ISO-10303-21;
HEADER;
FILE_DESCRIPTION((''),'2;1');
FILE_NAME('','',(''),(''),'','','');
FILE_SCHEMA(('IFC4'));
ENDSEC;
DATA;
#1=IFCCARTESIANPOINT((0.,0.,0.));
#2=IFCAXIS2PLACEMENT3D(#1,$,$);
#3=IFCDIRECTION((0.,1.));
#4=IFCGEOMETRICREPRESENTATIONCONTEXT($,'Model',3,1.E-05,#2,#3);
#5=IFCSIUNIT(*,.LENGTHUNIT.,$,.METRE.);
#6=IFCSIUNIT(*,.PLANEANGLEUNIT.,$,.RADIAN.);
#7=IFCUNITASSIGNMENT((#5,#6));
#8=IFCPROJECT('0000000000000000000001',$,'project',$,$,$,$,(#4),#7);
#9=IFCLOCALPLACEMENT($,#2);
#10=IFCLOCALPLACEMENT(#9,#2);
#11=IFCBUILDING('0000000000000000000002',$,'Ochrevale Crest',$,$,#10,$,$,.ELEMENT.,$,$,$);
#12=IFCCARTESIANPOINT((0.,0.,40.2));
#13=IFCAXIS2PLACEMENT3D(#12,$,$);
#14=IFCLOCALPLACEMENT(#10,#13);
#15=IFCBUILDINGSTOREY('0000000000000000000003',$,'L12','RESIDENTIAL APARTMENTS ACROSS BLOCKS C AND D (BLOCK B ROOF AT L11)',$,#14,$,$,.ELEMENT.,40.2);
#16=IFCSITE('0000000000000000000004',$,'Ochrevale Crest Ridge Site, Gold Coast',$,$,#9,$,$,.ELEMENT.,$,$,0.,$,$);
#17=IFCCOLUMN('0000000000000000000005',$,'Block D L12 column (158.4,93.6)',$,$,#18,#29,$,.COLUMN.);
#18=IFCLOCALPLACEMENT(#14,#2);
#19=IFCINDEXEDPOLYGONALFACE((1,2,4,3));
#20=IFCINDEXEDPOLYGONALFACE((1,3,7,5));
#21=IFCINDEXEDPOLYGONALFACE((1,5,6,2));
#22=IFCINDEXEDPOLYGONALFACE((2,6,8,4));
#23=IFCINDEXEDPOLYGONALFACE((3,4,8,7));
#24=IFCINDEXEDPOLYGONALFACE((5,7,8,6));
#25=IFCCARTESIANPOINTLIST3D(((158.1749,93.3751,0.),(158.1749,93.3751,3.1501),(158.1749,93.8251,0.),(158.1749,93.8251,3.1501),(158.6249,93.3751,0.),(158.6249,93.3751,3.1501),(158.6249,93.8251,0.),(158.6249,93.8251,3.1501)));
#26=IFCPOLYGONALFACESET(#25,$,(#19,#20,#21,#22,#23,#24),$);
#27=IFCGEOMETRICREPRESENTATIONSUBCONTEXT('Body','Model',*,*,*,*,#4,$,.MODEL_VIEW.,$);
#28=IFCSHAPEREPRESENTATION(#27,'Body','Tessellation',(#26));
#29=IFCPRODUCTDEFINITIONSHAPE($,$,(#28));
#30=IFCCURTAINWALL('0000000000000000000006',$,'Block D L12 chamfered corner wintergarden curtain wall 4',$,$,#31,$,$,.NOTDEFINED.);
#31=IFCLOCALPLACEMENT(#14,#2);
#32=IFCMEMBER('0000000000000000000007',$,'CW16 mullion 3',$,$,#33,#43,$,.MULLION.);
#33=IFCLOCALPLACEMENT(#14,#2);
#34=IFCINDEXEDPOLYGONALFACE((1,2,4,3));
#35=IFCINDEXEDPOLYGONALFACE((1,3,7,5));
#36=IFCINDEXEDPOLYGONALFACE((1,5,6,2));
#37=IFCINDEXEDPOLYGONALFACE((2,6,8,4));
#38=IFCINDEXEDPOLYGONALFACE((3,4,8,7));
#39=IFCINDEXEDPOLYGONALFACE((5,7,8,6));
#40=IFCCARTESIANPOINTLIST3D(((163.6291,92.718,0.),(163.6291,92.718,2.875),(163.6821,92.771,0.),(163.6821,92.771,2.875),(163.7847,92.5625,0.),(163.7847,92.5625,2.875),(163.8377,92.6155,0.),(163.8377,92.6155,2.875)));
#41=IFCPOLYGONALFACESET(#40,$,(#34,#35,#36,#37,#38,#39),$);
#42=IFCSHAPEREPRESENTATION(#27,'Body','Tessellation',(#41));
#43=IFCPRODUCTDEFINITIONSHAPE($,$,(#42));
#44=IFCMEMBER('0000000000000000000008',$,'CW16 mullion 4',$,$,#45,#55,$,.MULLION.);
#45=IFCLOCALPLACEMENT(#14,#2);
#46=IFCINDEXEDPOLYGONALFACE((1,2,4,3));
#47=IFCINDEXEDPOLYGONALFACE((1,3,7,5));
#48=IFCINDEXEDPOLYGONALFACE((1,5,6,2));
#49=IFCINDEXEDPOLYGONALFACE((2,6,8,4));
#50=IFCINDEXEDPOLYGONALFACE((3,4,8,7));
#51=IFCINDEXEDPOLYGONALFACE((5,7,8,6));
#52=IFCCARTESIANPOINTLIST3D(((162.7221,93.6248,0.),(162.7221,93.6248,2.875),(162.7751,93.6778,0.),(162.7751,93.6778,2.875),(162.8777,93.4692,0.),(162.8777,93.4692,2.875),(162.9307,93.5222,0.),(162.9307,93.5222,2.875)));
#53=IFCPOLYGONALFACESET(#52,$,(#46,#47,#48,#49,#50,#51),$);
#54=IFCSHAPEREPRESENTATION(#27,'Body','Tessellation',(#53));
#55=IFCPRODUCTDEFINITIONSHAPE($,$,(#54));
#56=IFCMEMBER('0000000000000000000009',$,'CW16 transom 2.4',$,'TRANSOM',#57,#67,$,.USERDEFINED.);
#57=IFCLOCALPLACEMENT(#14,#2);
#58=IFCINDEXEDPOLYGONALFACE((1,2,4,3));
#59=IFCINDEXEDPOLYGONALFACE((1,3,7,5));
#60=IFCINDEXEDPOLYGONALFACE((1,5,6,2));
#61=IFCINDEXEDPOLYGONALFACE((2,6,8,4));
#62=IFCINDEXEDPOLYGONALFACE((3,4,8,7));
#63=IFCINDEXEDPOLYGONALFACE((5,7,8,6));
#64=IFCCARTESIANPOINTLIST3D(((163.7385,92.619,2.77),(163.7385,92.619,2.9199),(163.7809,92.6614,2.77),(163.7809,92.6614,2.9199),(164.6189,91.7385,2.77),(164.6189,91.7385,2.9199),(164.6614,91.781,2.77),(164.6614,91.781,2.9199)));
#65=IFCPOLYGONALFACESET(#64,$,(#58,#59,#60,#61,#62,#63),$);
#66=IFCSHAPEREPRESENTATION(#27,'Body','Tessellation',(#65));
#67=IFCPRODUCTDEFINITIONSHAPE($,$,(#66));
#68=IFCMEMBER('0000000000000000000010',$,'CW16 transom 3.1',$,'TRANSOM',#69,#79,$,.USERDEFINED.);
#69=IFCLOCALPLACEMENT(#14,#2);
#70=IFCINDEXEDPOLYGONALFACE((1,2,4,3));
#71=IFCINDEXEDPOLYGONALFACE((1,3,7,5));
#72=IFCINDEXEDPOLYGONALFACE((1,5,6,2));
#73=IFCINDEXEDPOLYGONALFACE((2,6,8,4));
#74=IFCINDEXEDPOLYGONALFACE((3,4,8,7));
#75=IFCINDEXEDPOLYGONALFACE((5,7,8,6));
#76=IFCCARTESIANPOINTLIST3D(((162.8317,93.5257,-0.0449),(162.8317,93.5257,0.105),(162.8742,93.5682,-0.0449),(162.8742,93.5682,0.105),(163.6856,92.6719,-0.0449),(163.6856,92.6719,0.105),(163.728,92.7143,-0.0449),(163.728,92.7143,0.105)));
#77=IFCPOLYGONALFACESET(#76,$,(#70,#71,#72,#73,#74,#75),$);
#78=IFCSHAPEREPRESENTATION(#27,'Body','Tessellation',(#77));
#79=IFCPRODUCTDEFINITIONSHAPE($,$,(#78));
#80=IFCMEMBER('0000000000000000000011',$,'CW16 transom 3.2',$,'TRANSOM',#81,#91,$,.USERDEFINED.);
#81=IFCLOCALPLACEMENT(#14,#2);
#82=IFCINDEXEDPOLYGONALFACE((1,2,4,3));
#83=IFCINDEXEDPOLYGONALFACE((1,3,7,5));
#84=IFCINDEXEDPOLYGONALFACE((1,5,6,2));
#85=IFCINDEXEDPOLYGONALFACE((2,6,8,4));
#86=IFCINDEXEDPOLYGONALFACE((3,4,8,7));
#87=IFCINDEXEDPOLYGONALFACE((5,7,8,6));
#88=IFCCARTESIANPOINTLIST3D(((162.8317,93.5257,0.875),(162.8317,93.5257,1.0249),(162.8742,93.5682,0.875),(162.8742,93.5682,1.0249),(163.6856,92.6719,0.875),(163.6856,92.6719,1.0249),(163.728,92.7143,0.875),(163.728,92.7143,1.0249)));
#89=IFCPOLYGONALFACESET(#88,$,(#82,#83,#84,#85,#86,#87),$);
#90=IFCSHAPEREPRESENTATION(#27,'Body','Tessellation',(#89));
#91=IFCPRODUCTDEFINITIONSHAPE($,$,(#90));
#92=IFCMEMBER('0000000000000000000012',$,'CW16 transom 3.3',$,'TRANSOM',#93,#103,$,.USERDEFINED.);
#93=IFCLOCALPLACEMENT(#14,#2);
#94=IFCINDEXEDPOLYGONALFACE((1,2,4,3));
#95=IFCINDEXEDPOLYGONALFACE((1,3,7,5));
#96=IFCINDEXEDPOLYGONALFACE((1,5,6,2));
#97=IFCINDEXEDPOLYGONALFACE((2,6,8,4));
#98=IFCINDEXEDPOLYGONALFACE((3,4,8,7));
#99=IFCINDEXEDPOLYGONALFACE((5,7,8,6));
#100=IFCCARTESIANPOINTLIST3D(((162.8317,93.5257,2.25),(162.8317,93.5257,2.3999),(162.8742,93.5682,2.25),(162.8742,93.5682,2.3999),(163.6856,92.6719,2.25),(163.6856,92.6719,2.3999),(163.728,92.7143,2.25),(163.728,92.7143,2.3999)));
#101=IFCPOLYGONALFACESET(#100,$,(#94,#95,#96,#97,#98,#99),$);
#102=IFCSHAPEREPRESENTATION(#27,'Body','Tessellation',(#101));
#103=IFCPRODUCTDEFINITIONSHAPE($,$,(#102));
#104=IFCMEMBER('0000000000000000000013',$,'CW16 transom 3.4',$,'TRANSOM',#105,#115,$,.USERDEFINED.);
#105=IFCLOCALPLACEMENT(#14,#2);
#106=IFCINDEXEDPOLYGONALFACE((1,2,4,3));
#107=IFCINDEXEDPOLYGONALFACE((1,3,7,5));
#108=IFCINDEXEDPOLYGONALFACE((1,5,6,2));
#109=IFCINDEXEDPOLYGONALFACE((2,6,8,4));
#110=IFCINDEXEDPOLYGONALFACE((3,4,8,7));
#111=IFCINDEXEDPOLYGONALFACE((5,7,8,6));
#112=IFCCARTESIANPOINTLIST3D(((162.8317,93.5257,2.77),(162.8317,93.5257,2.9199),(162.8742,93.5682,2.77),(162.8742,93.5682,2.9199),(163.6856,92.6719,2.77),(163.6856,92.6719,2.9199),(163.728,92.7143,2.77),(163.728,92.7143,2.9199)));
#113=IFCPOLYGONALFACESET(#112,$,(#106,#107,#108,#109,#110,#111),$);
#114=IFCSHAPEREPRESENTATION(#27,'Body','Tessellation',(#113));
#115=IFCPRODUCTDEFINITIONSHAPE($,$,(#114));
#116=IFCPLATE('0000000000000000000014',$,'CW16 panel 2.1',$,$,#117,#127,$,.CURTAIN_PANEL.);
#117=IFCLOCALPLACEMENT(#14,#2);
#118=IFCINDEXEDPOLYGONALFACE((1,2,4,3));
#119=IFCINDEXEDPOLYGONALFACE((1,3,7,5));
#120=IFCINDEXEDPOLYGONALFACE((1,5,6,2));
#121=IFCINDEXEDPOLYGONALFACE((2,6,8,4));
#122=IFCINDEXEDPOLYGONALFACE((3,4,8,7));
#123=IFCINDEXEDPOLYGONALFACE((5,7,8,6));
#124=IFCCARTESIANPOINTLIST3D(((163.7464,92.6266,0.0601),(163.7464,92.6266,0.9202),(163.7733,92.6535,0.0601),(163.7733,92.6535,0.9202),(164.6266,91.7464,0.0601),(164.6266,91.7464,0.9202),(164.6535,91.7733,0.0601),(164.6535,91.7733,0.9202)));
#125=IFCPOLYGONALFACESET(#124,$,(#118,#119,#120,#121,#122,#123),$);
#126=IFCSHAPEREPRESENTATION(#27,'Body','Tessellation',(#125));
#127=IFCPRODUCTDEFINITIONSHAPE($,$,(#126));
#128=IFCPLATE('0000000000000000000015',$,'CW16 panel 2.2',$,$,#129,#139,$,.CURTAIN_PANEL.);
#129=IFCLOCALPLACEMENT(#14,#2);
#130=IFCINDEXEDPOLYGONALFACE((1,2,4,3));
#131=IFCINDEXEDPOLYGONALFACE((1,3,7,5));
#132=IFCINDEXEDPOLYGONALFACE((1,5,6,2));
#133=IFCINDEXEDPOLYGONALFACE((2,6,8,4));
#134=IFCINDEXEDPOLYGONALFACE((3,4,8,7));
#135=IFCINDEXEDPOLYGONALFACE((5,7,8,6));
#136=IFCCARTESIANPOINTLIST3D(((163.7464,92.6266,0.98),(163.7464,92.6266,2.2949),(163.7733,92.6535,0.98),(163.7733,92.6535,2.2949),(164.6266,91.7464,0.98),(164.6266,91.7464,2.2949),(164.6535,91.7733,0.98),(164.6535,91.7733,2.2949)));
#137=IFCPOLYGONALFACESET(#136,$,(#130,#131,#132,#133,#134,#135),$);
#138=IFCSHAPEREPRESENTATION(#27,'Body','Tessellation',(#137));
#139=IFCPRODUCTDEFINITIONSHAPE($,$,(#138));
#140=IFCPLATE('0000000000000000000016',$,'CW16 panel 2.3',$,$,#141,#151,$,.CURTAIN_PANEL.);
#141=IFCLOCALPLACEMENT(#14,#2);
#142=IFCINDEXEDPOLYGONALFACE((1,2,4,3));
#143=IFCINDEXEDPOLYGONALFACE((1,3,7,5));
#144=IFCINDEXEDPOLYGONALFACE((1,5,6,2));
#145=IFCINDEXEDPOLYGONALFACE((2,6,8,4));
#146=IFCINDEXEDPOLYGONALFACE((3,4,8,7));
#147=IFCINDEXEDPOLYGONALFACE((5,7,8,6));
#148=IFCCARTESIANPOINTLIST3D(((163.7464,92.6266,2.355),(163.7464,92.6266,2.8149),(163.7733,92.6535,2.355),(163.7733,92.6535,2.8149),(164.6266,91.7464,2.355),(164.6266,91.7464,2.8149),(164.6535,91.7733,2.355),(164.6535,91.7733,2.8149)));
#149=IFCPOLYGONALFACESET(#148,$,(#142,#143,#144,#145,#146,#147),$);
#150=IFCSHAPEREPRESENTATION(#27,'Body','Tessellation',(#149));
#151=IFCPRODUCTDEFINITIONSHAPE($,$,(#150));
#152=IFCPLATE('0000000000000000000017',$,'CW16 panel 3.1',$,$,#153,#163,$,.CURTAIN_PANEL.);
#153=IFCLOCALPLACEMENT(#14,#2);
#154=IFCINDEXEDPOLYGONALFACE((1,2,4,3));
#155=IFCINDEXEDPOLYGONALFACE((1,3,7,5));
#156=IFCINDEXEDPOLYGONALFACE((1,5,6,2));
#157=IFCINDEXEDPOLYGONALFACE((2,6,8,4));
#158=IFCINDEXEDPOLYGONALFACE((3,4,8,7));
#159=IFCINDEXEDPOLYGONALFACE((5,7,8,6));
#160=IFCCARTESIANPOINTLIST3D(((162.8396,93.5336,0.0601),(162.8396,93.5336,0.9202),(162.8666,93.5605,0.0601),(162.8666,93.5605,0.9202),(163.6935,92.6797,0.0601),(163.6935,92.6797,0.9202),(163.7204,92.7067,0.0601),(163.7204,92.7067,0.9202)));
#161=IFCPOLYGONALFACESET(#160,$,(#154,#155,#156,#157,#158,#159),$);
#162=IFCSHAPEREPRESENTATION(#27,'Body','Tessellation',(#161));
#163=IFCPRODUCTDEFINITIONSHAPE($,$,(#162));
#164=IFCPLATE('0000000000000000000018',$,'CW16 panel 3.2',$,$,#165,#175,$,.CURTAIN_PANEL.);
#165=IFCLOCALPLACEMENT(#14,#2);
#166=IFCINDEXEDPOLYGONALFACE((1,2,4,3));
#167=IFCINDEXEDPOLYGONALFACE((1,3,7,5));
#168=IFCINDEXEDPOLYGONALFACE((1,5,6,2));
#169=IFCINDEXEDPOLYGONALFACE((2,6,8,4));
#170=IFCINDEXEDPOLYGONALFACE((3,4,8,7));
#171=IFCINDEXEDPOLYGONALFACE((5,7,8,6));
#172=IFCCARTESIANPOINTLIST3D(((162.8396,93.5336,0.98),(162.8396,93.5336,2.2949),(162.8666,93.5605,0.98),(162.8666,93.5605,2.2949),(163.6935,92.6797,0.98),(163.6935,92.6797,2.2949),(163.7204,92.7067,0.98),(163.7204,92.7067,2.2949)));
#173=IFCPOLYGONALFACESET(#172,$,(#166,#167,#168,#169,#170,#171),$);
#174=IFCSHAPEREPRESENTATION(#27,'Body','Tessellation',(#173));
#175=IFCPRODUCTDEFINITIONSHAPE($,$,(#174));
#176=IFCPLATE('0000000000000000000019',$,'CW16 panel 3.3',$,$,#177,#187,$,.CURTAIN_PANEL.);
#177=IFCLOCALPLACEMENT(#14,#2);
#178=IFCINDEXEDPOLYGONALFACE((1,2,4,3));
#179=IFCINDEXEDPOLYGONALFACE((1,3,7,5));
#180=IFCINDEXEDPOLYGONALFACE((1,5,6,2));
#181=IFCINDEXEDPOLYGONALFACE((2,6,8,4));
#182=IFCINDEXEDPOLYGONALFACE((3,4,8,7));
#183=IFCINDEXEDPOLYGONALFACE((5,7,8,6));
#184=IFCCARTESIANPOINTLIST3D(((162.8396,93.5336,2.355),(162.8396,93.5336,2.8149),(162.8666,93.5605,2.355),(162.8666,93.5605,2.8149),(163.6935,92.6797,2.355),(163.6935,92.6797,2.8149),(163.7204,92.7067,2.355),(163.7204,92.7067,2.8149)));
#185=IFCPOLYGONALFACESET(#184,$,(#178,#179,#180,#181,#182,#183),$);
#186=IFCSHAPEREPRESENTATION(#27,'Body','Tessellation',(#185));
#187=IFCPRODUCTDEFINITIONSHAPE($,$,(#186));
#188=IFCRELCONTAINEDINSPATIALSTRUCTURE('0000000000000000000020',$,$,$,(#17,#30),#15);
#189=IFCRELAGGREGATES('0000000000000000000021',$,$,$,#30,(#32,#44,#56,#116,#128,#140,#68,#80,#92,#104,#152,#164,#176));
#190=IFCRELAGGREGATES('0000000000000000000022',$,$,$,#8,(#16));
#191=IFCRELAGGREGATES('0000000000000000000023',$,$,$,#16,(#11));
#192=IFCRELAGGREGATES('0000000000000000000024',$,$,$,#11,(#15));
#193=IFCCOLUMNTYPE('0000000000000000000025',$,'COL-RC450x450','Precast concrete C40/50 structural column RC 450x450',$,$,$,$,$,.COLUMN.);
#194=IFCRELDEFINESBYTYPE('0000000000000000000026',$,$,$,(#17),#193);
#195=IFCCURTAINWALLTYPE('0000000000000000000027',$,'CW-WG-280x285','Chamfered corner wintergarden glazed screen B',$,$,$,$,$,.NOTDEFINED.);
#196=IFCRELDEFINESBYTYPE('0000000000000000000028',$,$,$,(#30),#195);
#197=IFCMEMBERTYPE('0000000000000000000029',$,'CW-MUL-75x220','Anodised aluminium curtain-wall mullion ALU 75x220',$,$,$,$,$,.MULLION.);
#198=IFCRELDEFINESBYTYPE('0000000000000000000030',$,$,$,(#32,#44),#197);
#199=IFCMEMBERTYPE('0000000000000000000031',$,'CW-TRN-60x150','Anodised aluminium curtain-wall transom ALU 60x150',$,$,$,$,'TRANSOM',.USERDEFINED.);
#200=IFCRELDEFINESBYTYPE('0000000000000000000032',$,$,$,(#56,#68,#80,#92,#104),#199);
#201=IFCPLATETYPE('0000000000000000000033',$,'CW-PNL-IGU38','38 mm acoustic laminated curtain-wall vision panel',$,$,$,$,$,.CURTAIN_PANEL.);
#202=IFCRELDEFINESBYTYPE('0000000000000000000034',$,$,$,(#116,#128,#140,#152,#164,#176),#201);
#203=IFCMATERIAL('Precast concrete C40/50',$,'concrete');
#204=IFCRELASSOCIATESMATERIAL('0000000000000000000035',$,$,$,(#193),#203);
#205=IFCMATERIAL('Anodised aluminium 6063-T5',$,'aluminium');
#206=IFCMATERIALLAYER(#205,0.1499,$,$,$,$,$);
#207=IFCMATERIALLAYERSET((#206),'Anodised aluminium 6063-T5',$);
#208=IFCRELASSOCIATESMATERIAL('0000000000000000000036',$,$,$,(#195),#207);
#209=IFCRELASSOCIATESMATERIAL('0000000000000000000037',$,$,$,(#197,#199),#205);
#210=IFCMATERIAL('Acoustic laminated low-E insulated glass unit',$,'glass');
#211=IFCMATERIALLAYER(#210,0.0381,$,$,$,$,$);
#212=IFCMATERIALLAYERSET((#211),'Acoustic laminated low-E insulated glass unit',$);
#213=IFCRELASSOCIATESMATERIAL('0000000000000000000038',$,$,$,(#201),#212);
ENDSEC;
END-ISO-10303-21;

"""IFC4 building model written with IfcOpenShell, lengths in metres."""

from ifc_helpers import new_model, si_unit, direction, frame, origin, origin_2d, place, context, subcontext, project, spatial, rectangle, extrude, material, layer, layer_set, material_profile, profile_set, type_object, element, aggregate, save


model = new_model("IFC4")

# Units and contexts
model_context = context("Model", 3, precision=1e-05, world=origin(), true_north=direction((0.0, 1.0)))
body_context = subcontext(model_context, "Body", "Model", "MODEL_VIEW")
ifc_project = project(units=[si_unit("LENGTHUNIT", "METRE"), si_unit("PLANEANGLEUNIT", "RADIAN")], contexts=[model_context])

# Site, building, storey
site_placement = place(None, origin())
site = spatial("IfcSite", under=ifc_project, at=site_placement, Name="Ochrevale Crest Ridge Site, Gold Coast", CompositionType="ELEMENT", RefElevation=0.0)
building_placement = place(site_placement, origin())
building = spatial("IfcBuilding", under=site, at=building_placement, Name="Ochrevale Crest", CompositionType="ELEMENT")
storey_placement = place(building_placement, frame((0.0, 0.0, 40.2)))
storey = spatial("IfcBuildingStorey", under=building, at=storey_placement, Name="L12", Description="RESIDENTIAL APARTMENTS ACROSS BLOCKS C AND D (BLOCK B ROOF AT L11)", CompositionType="ELEMENT", Elevation=40.2)

# Column
ifc_material_1 = material(Name="Precast concrete C40/50", Category="concrete")
ifc_material_profile_1 = material_profile(ifc_material_1, rectangle(XDim=0.45, YDim=0.45, at=origin_2d()), Name="RC 450x450")
ifc_profile_set_1 = profile_set([ifc_material_profile_1], Name="Precast concrete C40/50")
column_type = type_object("IfcColumnType", Name="COL-RC450x450", Description="Precast concrete C40/50 structural column RC 450x450", PredefinedType="COLUMN", material=ifc_profile_set_1)
column_placement = place(storey_placement, frame((158.3999, 93.6001, 0.0), z_axis=(0.0, 0.0, 1.0), x_axis=(1.0, 0.0, 0.0)))
element("IfcColumn", 1, at=column_placement, inside=storey, type_object=column_type, Name="Block D L12 column (158.4,93.6)", PredefinedType="COLUMN", context=body_context, shape_type="SweptSolid", body=[
    extrude(rectangle(XDim=0.45, YDim=0.45, at=origin_2d()), origin(), (0.0, 0.0, 1.0), 3.1501),
])

# Curtain wall, members, plates
ifc_material_2 = material(Name="Anodised aluminium 6063-T5", Category="aluminium")
ifc_layer_1 = layer(ifc_material_2, 0.1499)
ifc_layer_set_1 = layer_set([ifc_layer_1], Name="Anodised aluminium 6063-T5")
curtain_wall_type = type_object("IfcCurtainWallType", Name="CW-WG-280x285", Description="Chamfered corner wintergarden glazed screen B", PredefinedType="NOTDEFINED", material=ifc_layer_set_1)
curtain_wall_placement = place(storey_placement, origin())
curtain_wall = element("IfcCurtainWall", 2, at=curtain_wall_placement, inside=storey, type_object=curtain_wall_type, Name="Block D L12 chamfered corner wintergarden curtain wall 4", PredefinedType="NOTDEFINED")
ifc_material_profile_2 = material_profile(ifc_material_2, rectangle(XDim=0.075, YDim=0.22, at=origin_2d()), Name="ALU 75x220")
ifc_profile_set_2 = profile_set([ifc_material_profile_2], Name="Anodised aluminium 6063-T5")
member_type_1 = type_object("IfcMemberType", Name="CW-MUL-75x220", Description="Anodised aluminium curtain-wall mullion ALU 75x220", PredefinedType="MULLION", material=ifc_profile_set_2)
member_1_placement = place(storey_placement, frame((163.7334, 92.6667, 0.0), z_axis=(0.0, 0.0, 1.0), x_axis=(-0.707107, -0.707107, 0.0)))
member_1 = element("IfcMember", 3, at=member_1_placement, type_object=member_type_1, Name="CW16 mullion 3", PredefinedType="MULLION", context=body_context, shape_type="SweptSolid", body=[
    extrude(rectangle(XDim=0.075, YDim=0.22, at=origin_2d()), origin(), (0.0, 0.0, 1.0), 2.875),
])
member_2_placement = place(storey_placement, frame((162.8264, 93.5735, 0.0), z_axis=(0.0, 0.0, 1.0), x_axis=(-0.707107, -0.707107, 0.0)))
member_2 = element("IfcMember", 4, at=member_2_placement, type_object=member_type_1, Name="CW16 mullion 4", PredefinedType="MULLION", context=body_context, shape_type="SweptSolid", body=[
    extrude(rectangle(XDim=0.075, YDim=0.22, at=origin_2d()), origin(), (0.0, 0.0, 1.0), 2.875),
])
ifc_material_profile_3 = material_profile(ifc_material_2, rectangle(XDim=0.0601, YDim=0.1499, at=origin_2d()), Name="ALU 60x150")
ifc_profile_set_3 = profile_set([ifc_material_profile_3], Name="Anodised aluminium 6063-T5")
member_type_2 = type_object("IfcMemberType", Name="CW-TRN-60x150", Description="Anodised aluminium curtain-wall transom ALU 60x150", ElementType="TRANSOM", PredefinedType="USERDEFINED", material=ifc_profile_set_3)
member_3_placement = place(storey_placement, frame((164.6401, 91.7598, 2.845), z_axis=(-0.707107, 0.707107, 0.0), x_axis=(-0.707107, -0.707107, 0.0)))
member_3 = element("IfcMember", 5, at=member_3_placement, type_object=member_type_2, Name="CW16 transom 2.4", ObjectType="TRANSOM", PredefinedType="USERDEFINED", context=body_context, shape_type="SweptSolid", body=[
    extrude(rectangle(XDim=0.0601, YDim=0.1499, at=origin_2d()), origin(), (0.0, 0.0, 1.0), 1.2451),
])
member_4_placement = place(storey_placement, frame((163.7068, 92.6931, 0.03), z_axis=(-0.707107, 0.707107, 0.0), x_axis=(-0.707107, -0.707107, 0.0)))
member_4 = element("IfcMember", 6, at=member_4_placement, type_object=member_type_2, Name="CW16 transom 3.1", ObjectType="TRANSOM", PredefinedType="USERDEFINED", context=body_context, shape_type="SweptSolid", body=[
    extrude(rectangle(XDim=0.0601, YDim=0.1499, at=origin_2d()), origin(), (0.0, 0.0, 1.0), 1.2075),
])
member_5_placement = place(storey_placement, frame((163.7068, 92.6931, 0.95), z_axis=(-0.707107, 0.707107, 0.0), x_axis=(-0.707107, -0.707107, 0.0)))
member_5 = element("IfcMember", 7, at=member_5_placement, type_object=member_type_2, Name="CW16 transom 3.2", ObjectType="TRANSOM", PredefinedType="USERDEFINED", context=body_context, shape_type="SweptSolid", body=[
    extrude(rectangle(XDim=0.0601, YDim=0.1499, at=origin_2d()), origin(), (0.0, 0.0, 1.0), 1.2075),
])
member_6_placement = place(storey_placement, frame((163.7068, 92.6931, 2.325), z_axis=(-0.707107, 0.707107, 0.0), x_axis=(-0.707107, -0.707107, 0.0)))
member_6 = element("IfcMember", 8, at=member_6_placement, type_object=member_type_2, Name="CW16 transom 3.3", ObjectType="TRANSOM", PredefinedType="USERDEFINED", context=body_context, shape_type="SweptSolid", body=[
    extrude(rectangle(XDim=0.0601, YDim=0.1499, at=origin_2d()), origin(), (0.0, 0.0, 1.0), 1.2075),
])
member_7_placement = place(storey_placement, frame((163.7068, 92.6931, 2.845), z_axis=(-0.707107, 0.707107, 0.0), x_axis=(-0.707107, -0.707107, 0.0)))
member_7 = element("IfcMember", 9, at=member_7_placement, type_object=member_type_2, Name="CW16 transom 3.4", ObjectType="TRANSOM", PredefinedType="USERDEFINED", context=body_context, shape_type="SweptSolid", body=[
    extrude(rectangle(XDim=0.0601, YDim=0.1499, at=origin_2d()), origin(), (0.0, 0.0, 1.0), 1.2075),
])
ifc_material_3 = material(Name="Acoustic laminated low-E insulated glass unit", Category="glass")
ifc_layer_2 = layer(ifc_material_3, 0.0381)
ifc_layer_set_2 = layer_set([ifc_layer_2], Name="Acoustic laminated low-E insulated glass unit")
plate_type_1 = type_object("IfcPlateType", Name="CW-PNL-IGU38", Description="38 mm acoustic laminated curtain-wall vision panel", PredefinedType="CURTAIN_PANEL", material=ifc_layer_set_2)
plate_1_placement = place(storey_placement, frame((164.2, 92.2, 0.0601), z_axis=(0.0, 0.0, 1.0), x_axis=(-0.707107, 0.707107, 0.0)))
plate_1 = element("IfcPlate", 10, at=plate_1_placement, type_object=plate_type_1, Name="CW16 panel 2.1", PredefinedType="CURTAIN_PANEL", context=body_context, shape_type="SweptSolid", body=[
    extrude(rectangle(XDim=1.2449, YDim=0.0381, at=origin_2d()), origin(), (0.0, 0.0, 1.0), 0.8601),
])
plate_2_placement = place(storey_placement, frame((164.2, 92.2, 0.98), z_axis=(0.0, 0.0, 1.0), x_axis=(-0.707107, 0.707107, 0.0)))
plate_2 = element("IfcPlate", 11, at=plate_2_placement, type_object=plate_type_1, Name="CW16 panel 2.2", PredefinedType="CURTAIN_PANEL", context=body_context, shape_type="SweptSolid", body=[
    extrude(rectangle(XDim=1.2449, YDim=0.0381, at=origin_2d()), origin(), (0.0, 0.0, 1.0), 1.3149),
])
plate_3_placement = place(storey_placement, frame((164.2, 92.2, 2.355), z_axis=(0.0, 0.0, 1.0), x_axis=(-0.707107, 0.707107, 0.0)))
plate_3 = element("IfcPlate", 12, at=plate_3_placement, type_object=plate_type_1, Name="CW16 panel 2.3", PredefinedType="CURTAIN_PANEL", context=body_context, shape_type="SweptSolid", body=[
    extrude(rectangle(XDim=1.2449, YDim=0.0381, at=origin_2d()), origin(), (0.0, 0.0, 1.0), 0.46),
])
plate_4_placement = place(storey_placement, frame((163.28, 93.1201, 0.0601), z_axis=(0.0, 0.0, 1.0), x_axis=(-0.707107, 0.707107, 0.0)))
plate_4 = element("IfcPlate", 13, at=plate_4_placement, type_object=plate_type_1, Name="CW16 panel 3.1", PredefinedType="CURTAIN_PANEL", context=body_context, shape_type="SweptSolid", body=[
    extrude(rectangle(XDim=1.2075, YDim=0.0381, at=origin_2d()), origin(), (0.0, 0.0, 1.0), 0.8601),
])
plate_5_placement = place(storey_placement, frame((163.28, 93.1201, 0.98), z_axis=(0.0, 0.0, 1.0), x_axis=(-0.707107, 0.707107, 0.0)))
plate_5 = element("IfcPlate", 14, at=plate_5_placement, type_object=plate_type_1, Name="CW16 panel 3.2", PredefinedType="CURTAIN_PANEL", context=body_context, shape_type="SweptSolid", body=[
    extrude(rectangle(XDim=1.2075, YDim=0.0381, at=origin_2d()), origin(), (0.0, 0.0, 1.0), 1.3149),
])
plate_6_placement = place(storey_placement, frame((163.28, 93.1201, 2.355), z_axis=(0.0, 0.0, 1.0), x_axis=(-0.707107, 0.707107, 0.0)))
plate_6 = element("IfcPlate", 15, at=plate_6_placement, type_object=plate_type_1, Name="CW16 panel 3.3", PredefinedType="CURTAIN_PANEL", context=body_context, shape_type="SweptSolid", body=[
    extrude(rectangle(XDim=1.2075, YDim=0.0381, at=origin_2d()), origin(), (0.0, 0.0, 1.0), 0.46),
])
aggregate(curtain_wall, [member_1, member_2, member_3, plate_1, plate_2, plate_3, member_4, member_5, member_6, member_7, plate_4, plate_5, plate_6])

save(model, "model.ifc")
